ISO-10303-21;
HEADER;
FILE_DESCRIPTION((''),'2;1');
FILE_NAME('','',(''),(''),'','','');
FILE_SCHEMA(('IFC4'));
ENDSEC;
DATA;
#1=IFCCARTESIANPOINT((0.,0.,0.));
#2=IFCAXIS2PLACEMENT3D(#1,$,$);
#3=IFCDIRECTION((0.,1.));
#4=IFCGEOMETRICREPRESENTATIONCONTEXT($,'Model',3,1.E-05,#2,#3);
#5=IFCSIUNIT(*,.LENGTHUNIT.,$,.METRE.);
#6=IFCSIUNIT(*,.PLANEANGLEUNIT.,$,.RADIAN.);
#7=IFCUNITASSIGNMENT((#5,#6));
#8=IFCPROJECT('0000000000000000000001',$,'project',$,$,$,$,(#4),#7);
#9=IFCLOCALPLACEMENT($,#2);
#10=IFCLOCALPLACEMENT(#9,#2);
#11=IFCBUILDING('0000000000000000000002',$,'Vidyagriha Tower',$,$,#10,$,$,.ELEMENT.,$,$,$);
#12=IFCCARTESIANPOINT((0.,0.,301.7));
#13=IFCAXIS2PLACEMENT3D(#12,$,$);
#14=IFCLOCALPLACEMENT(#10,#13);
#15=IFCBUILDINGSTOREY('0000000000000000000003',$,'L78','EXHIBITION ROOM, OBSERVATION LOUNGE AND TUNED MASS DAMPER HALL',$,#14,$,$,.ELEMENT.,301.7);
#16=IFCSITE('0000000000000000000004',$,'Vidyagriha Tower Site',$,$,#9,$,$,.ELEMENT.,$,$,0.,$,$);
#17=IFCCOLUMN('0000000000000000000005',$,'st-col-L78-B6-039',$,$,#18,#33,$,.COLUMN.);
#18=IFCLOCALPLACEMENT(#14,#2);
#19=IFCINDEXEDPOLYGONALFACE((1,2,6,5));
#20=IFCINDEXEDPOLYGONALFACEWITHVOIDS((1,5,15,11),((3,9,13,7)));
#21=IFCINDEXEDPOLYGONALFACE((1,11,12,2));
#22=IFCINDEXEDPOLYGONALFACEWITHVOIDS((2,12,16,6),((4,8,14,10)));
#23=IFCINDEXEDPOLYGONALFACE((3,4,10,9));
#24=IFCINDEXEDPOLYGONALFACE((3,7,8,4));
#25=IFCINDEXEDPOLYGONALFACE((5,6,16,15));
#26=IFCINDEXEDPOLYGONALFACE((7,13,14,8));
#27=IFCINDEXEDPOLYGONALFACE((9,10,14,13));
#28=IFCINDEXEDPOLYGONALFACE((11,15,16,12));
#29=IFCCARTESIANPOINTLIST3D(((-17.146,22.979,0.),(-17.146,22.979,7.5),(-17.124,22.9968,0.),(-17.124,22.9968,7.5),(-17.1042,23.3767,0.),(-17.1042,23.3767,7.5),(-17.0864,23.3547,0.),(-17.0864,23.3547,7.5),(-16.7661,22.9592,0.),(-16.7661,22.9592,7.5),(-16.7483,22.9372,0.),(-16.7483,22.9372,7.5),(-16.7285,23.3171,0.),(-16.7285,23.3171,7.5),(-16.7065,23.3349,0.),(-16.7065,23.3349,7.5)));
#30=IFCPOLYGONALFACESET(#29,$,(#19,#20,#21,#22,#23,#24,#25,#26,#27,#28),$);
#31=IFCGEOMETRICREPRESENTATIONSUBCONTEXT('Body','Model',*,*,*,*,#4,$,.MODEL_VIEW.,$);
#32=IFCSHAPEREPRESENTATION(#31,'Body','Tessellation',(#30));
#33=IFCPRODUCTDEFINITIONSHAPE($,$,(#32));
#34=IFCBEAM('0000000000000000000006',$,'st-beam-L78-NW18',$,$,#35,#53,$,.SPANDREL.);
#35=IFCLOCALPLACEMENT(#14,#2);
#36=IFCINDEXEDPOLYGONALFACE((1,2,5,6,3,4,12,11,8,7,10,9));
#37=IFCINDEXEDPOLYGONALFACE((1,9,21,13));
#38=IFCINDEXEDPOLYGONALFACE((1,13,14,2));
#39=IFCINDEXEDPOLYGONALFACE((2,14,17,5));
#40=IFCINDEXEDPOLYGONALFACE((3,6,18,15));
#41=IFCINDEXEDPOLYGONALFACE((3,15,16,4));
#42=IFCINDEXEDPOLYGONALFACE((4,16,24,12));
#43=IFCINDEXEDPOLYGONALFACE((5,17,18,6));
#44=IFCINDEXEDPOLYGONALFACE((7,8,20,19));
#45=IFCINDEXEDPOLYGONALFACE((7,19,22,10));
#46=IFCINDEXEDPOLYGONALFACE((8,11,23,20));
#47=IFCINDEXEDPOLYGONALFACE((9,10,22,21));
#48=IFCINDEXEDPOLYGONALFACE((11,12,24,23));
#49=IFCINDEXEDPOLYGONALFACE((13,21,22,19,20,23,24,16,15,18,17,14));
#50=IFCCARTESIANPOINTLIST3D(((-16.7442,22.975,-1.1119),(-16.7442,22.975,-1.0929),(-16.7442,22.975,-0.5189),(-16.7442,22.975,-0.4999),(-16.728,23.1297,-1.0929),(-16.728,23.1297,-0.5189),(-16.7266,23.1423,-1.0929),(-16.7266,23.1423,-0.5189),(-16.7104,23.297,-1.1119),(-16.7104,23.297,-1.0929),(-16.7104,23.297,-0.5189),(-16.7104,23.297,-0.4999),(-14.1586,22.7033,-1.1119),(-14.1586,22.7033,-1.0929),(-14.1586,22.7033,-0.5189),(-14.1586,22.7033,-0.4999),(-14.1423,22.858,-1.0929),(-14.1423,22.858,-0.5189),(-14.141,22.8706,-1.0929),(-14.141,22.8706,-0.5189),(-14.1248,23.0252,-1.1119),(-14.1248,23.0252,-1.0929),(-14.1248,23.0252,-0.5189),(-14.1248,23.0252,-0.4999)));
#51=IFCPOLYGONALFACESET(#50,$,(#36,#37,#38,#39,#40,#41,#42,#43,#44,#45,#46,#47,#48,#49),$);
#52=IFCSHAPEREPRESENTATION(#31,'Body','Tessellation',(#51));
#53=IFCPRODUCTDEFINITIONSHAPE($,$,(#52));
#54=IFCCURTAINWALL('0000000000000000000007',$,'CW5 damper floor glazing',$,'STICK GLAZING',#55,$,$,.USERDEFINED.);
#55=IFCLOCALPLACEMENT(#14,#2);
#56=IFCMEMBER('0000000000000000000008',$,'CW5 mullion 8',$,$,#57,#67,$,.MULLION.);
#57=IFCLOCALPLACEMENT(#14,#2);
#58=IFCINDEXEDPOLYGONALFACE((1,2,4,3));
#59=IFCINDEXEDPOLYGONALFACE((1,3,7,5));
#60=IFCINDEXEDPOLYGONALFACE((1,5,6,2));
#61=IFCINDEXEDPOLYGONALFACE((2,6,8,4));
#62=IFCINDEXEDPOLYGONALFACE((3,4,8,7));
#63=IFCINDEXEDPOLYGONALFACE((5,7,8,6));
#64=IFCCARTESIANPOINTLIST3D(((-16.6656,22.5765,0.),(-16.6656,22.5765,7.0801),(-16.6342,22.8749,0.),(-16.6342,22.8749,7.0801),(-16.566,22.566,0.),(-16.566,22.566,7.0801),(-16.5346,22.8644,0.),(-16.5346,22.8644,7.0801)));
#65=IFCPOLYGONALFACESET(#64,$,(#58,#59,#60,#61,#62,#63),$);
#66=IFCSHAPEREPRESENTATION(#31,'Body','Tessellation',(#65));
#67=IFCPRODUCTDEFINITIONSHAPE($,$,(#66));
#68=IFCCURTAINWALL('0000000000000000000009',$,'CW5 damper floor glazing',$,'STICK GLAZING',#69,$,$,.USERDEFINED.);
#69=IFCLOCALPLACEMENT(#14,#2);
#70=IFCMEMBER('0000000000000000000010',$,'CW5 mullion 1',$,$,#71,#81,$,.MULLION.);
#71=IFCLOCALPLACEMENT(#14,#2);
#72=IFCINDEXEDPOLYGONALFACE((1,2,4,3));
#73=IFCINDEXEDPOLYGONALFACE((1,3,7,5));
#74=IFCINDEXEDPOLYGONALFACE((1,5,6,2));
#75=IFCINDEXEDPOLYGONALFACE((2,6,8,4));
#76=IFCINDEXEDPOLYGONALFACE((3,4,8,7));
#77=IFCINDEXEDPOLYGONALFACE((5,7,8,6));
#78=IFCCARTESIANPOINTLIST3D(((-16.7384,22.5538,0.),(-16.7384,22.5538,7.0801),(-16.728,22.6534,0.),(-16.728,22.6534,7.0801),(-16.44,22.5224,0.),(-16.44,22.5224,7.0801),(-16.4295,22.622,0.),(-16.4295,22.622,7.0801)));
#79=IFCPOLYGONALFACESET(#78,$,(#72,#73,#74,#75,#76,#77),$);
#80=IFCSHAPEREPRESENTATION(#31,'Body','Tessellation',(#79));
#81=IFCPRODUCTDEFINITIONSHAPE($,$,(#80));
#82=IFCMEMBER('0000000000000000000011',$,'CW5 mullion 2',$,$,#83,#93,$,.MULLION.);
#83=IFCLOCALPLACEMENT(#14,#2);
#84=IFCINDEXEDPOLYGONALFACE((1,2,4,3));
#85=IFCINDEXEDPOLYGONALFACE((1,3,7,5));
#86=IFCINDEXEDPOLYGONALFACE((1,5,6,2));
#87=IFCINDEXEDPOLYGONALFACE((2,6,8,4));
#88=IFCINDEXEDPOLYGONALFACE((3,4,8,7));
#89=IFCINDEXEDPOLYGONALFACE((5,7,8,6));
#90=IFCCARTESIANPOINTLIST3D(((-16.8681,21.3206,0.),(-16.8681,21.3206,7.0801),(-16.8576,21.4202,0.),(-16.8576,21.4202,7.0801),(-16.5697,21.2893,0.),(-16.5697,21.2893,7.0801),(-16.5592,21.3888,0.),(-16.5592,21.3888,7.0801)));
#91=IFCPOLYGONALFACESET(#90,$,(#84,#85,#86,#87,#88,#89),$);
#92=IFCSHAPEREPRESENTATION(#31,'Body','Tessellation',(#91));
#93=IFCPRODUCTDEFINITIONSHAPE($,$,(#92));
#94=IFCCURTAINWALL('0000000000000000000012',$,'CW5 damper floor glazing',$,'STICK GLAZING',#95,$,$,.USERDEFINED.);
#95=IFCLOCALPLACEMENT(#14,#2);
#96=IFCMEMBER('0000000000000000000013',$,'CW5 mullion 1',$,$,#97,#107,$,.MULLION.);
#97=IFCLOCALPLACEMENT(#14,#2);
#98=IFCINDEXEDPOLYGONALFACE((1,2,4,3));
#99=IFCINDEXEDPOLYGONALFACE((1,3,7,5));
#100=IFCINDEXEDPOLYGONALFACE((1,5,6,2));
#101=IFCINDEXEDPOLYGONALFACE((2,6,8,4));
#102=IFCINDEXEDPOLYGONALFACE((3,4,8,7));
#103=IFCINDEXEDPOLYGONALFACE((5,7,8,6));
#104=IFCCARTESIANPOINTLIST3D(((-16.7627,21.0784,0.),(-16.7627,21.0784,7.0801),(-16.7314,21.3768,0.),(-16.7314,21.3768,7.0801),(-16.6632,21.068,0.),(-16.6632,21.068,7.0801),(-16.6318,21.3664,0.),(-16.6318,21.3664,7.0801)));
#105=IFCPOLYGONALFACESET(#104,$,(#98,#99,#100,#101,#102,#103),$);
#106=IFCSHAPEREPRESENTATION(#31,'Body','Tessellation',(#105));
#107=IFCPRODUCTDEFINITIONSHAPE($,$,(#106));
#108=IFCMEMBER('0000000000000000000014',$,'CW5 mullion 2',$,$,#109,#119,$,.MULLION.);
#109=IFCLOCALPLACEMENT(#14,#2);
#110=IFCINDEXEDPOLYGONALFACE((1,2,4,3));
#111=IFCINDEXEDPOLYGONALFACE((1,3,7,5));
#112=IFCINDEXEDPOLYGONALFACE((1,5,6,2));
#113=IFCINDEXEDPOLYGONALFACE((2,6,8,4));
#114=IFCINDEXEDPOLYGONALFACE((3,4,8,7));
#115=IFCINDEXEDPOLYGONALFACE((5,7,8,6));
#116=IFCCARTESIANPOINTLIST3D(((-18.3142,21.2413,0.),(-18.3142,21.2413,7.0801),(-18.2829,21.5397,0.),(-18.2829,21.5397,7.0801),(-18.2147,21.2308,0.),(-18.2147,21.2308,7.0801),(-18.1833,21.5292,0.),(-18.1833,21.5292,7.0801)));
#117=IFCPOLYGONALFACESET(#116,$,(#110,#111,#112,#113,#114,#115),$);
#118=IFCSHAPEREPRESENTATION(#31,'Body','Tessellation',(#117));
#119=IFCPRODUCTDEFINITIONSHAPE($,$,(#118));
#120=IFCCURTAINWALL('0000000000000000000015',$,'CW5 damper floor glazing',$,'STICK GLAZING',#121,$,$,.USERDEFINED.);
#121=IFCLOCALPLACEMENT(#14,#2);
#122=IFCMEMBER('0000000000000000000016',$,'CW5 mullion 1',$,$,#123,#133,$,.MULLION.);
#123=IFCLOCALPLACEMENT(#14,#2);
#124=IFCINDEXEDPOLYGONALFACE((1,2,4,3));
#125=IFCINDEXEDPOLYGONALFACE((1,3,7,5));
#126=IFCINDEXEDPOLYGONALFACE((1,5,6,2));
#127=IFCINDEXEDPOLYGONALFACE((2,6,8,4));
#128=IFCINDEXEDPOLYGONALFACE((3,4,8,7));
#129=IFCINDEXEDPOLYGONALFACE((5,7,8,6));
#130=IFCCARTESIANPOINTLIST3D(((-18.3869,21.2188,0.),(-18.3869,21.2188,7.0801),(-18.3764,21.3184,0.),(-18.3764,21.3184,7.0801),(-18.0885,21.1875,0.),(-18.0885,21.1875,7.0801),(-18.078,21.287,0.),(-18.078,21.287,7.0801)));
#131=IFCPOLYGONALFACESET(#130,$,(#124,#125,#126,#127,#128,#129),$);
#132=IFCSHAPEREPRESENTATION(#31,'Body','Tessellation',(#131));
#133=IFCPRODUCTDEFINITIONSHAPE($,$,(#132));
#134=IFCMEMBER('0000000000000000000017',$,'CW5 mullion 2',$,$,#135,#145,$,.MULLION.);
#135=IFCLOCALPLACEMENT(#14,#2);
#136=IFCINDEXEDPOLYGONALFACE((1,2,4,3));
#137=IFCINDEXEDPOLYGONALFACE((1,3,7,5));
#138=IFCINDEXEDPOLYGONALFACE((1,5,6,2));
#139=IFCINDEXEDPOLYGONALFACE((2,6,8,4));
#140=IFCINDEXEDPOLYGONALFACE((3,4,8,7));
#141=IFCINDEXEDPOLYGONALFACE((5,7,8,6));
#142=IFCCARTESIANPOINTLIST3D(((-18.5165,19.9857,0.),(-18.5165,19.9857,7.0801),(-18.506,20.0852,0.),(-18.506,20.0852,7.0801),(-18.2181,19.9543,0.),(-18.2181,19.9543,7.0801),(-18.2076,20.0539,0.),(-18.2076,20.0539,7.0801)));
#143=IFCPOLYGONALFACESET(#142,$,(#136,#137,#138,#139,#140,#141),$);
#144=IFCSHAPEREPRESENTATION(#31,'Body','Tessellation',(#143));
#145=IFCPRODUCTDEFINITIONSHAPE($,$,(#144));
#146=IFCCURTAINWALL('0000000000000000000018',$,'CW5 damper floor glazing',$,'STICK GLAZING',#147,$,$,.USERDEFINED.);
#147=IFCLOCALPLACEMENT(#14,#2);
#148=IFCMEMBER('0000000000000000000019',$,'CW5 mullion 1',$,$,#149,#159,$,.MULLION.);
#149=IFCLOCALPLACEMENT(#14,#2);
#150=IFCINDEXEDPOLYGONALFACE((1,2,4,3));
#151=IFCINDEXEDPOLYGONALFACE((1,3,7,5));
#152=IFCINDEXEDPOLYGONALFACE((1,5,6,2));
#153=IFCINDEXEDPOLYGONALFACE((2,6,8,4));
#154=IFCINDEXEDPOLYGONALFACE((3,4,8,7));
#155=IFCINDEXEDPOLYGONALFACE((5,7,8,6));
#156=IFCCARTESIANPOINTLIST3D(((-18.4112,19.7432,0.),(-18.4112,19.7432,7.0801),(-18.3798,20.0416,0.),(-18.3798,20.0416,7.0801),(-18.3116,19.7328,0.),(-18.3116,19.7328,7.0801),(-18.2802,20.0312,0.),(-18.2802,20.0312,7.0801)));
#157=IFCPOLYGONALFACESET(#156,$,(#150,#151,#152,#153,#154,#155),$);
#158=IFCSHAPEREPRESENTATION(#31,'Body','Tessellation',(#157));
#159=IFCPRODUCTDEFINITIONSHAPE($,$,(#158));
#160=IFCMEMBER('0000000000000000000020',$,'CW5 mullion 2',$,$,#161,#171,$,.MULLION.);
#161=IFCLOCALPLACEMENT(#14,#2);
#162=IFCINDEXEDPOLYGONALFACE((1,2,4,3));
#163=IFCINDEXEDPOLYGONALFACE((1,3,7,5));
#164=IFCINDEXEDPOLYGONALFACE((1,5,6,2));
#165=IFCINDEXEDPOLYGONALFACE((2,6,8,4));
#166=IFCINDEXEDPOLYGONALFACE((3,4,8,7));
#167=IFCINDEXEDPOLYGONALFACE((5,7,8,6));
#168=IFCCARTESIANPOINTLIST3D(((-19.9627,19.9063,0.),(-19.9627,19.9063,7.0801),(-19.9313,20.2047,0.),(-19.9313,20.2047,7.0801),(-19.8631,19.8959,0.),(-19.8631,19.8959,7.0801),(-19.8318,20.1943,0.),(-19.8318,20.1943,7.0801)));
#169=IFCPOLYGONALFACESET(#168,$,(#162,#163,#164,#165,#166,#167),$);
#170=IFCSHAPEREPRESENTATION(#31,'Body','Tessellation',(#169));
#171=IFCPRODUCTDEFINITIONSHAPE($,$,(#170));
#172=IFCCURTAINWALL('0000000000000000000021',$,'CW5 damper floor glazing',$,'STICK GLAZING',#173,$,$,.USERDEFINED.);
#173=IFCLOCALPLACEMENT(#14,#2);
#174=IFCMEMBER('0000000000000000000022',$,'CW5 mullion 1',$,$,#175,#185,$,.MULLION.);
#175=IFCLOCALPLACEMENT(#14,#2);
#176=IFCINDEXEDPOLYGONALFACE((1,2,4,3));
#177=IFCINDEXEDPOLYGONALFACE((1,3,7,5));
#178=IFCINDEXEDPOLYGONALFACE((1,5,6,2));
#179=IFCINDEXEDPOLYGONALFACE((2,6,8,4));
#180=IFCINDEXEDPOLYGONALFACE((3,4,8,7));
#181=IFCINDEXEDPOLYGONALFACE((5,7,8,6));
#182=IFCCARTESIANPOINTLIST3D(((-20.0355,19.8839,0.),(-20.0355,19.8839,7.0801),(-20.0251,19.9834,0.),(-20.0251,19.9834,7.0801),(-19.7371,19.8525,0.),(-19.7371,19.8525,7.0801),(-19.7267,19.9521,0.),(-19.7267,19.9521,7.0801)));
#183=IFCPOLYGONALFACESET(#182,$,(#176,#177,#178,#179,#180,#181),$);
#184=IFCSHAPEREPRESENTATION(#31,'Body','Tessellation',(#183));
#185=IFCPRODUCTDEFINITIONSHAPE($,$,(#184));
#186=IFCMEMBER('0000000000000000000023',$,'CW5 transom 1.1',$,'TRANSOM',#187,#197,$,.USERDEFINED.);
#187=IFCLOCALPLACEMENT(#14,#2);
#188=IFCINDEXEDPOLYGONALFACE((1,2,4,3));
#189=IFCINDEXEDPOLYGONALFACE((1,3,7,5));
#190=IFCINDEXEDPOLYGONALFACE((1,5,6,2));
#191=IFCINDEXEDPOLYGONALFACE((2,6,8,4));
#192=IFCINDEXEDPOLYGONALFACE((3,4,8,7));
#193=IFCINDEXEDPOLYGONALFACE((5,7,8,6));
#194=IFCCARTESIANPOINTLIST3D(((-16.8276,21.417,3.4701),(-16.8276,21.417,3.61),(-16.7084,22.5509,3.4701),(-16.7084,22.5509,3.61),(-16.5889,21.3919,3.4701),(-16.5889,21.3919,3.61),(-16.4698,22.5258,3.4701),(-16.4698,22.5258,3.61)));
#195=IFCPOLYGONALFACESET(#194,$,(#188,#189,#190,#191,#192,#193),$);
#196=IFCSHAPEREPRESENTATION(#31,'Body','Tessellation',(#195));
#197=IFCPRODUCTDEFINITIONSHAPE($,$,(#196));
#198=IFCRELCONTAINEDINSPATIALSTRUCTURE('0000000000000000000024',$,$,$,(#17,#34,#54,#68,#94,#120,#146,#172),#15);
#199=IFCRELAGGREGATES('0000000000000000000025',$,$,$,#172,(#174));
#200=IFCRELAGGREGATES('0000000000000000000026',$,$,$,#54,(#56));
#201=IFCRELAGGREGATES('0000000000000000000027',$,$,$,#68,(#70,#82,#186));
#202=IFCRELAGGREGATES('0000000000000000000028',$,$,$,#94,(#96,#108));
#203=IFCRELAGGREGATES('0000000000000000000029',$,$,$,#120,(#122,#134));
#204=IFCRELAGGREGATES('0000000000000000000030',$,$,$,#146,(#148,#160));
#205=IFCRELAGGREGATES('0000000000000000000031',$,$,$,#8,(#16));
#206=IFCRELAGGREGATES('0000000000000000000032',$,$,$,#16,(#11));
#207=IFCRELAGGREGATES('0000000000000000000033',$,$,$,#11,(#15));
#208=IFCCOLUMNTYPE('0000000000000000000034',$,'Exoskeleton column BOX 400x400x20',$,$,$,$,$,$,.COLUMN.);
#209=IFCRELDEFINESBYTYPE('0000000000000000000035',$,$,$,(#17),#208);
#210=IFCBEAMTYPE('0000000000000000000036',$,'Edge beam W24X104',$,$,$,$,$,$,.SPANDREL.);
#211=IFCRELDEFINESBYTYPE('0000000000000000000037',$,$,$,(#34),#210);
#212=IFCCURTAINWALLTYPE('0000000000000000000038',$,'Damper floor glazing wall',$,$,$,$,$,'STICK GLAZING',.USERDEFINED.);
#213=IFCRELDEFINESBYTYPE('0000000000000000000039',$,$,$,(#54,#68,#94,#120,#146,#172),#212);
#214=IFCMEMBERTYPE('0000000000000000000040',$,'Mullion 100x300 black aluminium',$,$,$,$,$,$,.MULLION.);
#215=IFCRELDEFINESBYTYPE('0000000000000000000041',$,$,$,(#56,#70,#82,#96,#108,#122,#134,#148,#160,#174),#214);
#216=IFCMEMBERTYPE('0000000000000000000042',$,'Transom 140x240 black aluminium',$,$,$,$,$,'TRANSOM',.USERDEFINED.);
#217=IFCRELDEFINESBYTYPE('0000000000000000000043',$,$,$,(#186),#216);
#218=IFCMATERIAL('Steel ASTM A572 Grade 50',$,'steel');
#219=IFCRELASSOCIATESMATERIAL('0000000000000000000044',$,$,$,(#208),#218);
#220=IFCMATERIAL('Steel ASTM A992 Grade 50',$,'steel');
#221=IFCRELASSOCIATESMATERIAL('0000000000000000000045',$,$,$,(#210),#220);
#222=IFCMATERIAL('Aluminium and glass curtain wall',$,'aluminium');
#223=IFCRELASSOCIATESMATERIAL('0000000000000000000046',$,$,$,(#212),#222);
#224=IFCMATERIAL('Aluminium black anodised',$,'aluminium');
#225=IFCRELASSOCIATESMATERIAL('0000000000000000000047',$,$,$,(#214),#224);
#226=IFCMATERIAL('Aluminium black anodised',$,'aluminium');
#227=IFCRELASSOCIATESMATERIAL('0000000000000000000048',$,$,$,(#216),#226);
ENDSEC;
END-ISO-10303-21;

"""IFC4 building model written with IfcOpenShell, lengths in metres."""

from ifc_helpers import new_model, si_unit, direction, frame, origin, origin_2d, place, context, subcontext, project, spatial, rectangle, hollow_rectangle, i_section, extrude, material, material_profile, profile_set, type_object, element, aggregate, save


model = new_model("IFC4")

# Units and contexts
model_context = context("Model", 3, precision=1e-05, world=origin(), true_north=direction((0.0, 1.0)))
body_context = subcontext(model_context, "Body", "Model", "MODEL_VIEW")
ifc_project = project(units=[si_unit("LENGTHUNIT", "METRE"), si_unit("PLANEANGLEUNIT", "RADIAN")], contexts=[model_context])

# Site, building, storey
site_placement = place(None, origin())
site = spatial("IfcSite", under=ifc_project, at=site_placement, Name="Vidyagriha Tower Site", CompositionType="ELEMENT", RefElevation=0.0)
building_placement = place(site_placement, origin())
building = spatial("IfcBuilding", under=site, at=building_placement, Name="Vidyagriha Tower", CompositionType="ELEMENT")
storey_placement = place(building_placement, frame((0.0, 0.0, 301.7)))
storey = spatial("IfcBuildingStorey", under=building, at=storey_placement, Name="L78", Description="EXHIBITION ROOM, OBSERVATION LOUNGE AND TUNED MASS DAMPER HALL", CompositionType="ELEMENT", Elevation=301.7)

# Column
ifc_material_1 = material(Name="Steel ASTM A572 Grade 50", Category="steel")
ifc_material_profile_1 = material_profile(ifc_material_1, hollow_rectangle(XDim=0.3999, YDim=0.3999, WallThickness=0.02, at=origin_2d()), Name="BOX 400x400x20")
ifc_profile_set_1 = profile_set([ifc_material_profile_1], Name="Steel ASTM A572 Grade 50")
column_type = type_object("IfcColumnType", Name="Exoskeleton column BOX 400x400x20", PredefinedType="COLUMN", material=ifc_profile_set_1)
column_placement = place(storey_placement, frame((-16.9263, 23.157, 0.0), z_axis=(0.0, 0.0, 1.0), x_axis=(0.994522, -0.104528, 0.0)))
element("IfcColumn", 1, at=column_placement, inside=storey, type_object=column_type, Name="st-col-L78-B6-039", PredefinedType="COLUMN", context=body_context, shape_type="SweptSolid", body=[
    extrude(hollow_rectangle(XDim=0.3999, YDim=0.3999, WallThickness=0.02, at=origin_2d()), origin(), (0.0, 0.0, 1.0), 7.5),
])

# Beam
ifc_material_2 = material(Name="Steel ASTM A992 Grade 50", Category="steel")
ifc_material_profile_2 = material_profile(ifc_material_2, i_section(OverallWidth=0.3237, OverallDepth=0.6121, WebThickness=0.0127, FlangeThickness=0.019, at=origin_2d()), Name="W24X104")
ifc_profile_set_2 = profile_set([ifc_material_profile_2], Name="Steel ASTM A992 Grade 50")
beam_type = type_object("IfcBeamType", Name="Edge beam W24X104", PredefinedType="SPANDREL", material=ifc_profile_set_2)
beam_placement = place(storey_placement, frame((-16.7273, 23.136, -0.8059), z_axis=(0.994523, -0.104514, 0.0), x_axis=(0.104514, 0.994523, 0.0)))
element("IfcBeam", 2, at=beam_placement, inside=storey, type_object=beam_type, Name="st-beam-L78-NW18", PredefinedType="SPANDREL", context=body_context, shape_type="SweptSolid", body=[
    extrude(i_section(OverallWidth=0.3237, OverallDepth=0.6121, WebThickness=0.0127, FlangeThickness=0.019, at=origin_2d()), origin(), (0.0, 0.0, 1.0), 2.5999),
])

# Curtain wall, member
ifc_material_3 = material(Name="Aluminium and glass curtain wall", Category="aluminium")
curtain_wall_type = type_object("IfcCurtainWallType", Name="Damper floor glazing wall", ElementType="STICK GLAZING", PredefinedType="USERDEFINED", material=ifc_material_3)
curtain_wall_1_placement = place(storey_placement, origin())
curtain_wall_1 = element("IfcCurtainWall", 3, at=curtain_wall_1_placement, inside=storey, type_object=curtain_wall_type, Name="CW5 damper floor glazing", ObjectType="STICK GLAZING", PredefinedType="USERDEFINED")
ifc_material_4 = material(Name="Aluminium black anodised", Category="aluminium")
ifc_material_profile_3 = material_profile(ifc_material_4, rectangle(XDim=0.3, YDim=0.1001, at=origin_2d()), Name="Mullion 100x300 black aluminium")
ifc_profile_set_3 = profile_set([ifc_material_profile_3], Name="Aluminium black anodised")
member_type_1 = type_object("IfcMemberType", Name="Mullion 100x300 black aluminium", PredefinedType="MULLION", material=ifc_profile_set_3)
member_1_placement = place(storey_placement, frame((-16.6001, 22.7205, 0.0), z_axis=(0.0, 0.0, 1.0), x_axis=(-0.104528, -0.994522, 0.0)))
member_1 = element("IfcMember", 4, at=member_1_placement, type_object=member_type_1, Name="CW5 mullion 8", PredefinedType="MULLION", context=body_context, shape_type="SweptSolid", body=[
    extrude(rectangle(XDim=0.3, YDim=0.1001, at=origin_2d()), origin(), (0.0, 0.0, 1.0), 7.0801),
])

# Curtain walls, members
curtain_wall_2_placement = place(storey_placement, origin())
curtain_wall_2 = element("IfcCurtainWall", 5, at=curtain_wall_2_placement, inside=storey, type_object=curtain_wall_type, Name="CW5 damper floor glazing", ObjectType="STICK GLAZING", PredefinedType="USERDEFINED")
member_2_placement = place(storey_placement, frame((-16.584, 22.5879, 0.0), z_axis=(0.0, 0.0, 1.0), x_axis=(0.99452, -0.104549, 0.0)))
member_2 = element("IfcMember", 6, at=member_2_placement, type_object=member_type_1, Name="CW5 mullion 1", PredefinedType="MULLION", context=body_context, shape_type="SweptSolid", body=[
    extrude(rectangle(XDim=0.3, YDim=0.1001, at=origin_2d()), origin(), (0.0, 0.0, 1.0), 7.0801),
])
member_3_placement = place(storey_placement, frame((-16.7136, 21.3547, 0.0), z_axis=(0.0, 0.0, 1.0), x_axis=(0.99452, -0.104549, 0.0)))
member_3 = element("IfcMember", 7, at=member_3_placement, type_object=member_type_1, Name="CW5 mullion 2", PredefinedType="MULLION", context=body_context, shape_type="SweptSolid", body=[
    extrude(rectangle(XDim=0.3, YDim=0.1001, at=origin_2d()), origin(), (0.0, 0.0, 1.0), 7.0801),
])
curtain_wall_3_placement = place(storey_placement, origin())
curtain_wall_3 = element("IfcCurtainWall", 8, at=curtain_wall_3_placement, inside=storey, type_object=curtain_wall_type, Name="CW5 damper floor glazing", ObjectType="STICK GLAZING", PredefinedType="USERDEFINED")
member_4_placement = place(storey_placement, frame((-16.6973, 21.2224, 0.0), z_axis=(0.0, 0.0, 1.0), x_axis=(-0.104519, -0.994523, 0.0)))
member_4 = element("IfcMember", 9, at=member_4_placement, type_object=member_type_1, Name="CW5 mullion 1", PredefinedType="MULLION", context=body_context, shape_type="SweptSolid", body=[
    extrude(rectangle(XDim=0.3, YDim=0.1001, at=origin_2d()), origin(), (0.0, 0.0, 1.0), 7.0801),
])
member_5_placement = place(storey_placement, frame((-18.2488, 21.3853, 0.0), z_axis=(0.0, 0.0, 1.0), x_axis=(-0.104519, -0.994523, 0.0)))
member_5 = element("IfcMember", 10, at=member_5_placement, type_object=member_type_1, Name="CW5 mullion 2", PredefinedType="MULLION", context=body_context, shape_type="SweptSolid", body=[
    extrude(rectangle(XDim=0.3, YDim=0.1001, at=origin_2d()), origin(), (0.0, 0.0, 1.0), 7.0801),
])
curtain_wall_4_placement = place(storey_placement, origin())
curtain_wall_4 = element("IfcCurtainWall", 11, at=curtain_wall_4_placement, inside=storey, type_object=curtain_wall_type, Name="CW5 damper floor glazing", ObjectType="STICK GLAZING", PredefinedType="USERDEFINED")
member_6_placement = place(storey_placement, frame((-18.2324, 21.2529, 0.0), z_axis=(0.0, 0.0, 1.0), x_axis=(0.99452, -0.104549, 0.0)))
member_6 = element("IfcMember", 12, at=member_6_placement, type_object=member_type_1, Name="CW5 mullion 1", PredefinedType="MULLION", context=body_context, shape_type="SweptSolid", body=[
    extrude(rectangle(XDim=0.3, YDim=0.1001, at=origin_2d()), origin(), (0.0, 0.0, 1.0), 7.0801),
])
member_7_placement = place(storey_placement, frame((-18.3621, 20.0198, 0.0), z_axis=(0.0, 0.0, 1.0), x_axis=(0.99452, -0.104549, 0.0)))
member_7 = element("IfcMember", 13, at=member_7_placement, type_object=member_type_1, Name="CW5 mullion 2", PredefinedType="MULLION", context=body_context, shape_type="SweptSolid", body=[
    extrude(rectangle(XDim=0.3, YDim=0.1001, at=origin_2d()), origin(), (0.0, 0.0, 1.0), 7.0801),
])
curtain_wall_5_placement = place(storey_placement, origin())
curtain_wall_5 = element("IfcCurtainWall", 14, at=curtain_wall_5_placement, inside=storey, type_object=curtain_wall_type, Name="CW5 damper floor glazing", ObjectType="STICK GLAZING", PredefinedType="USERDEFINED")
member_8_placement = place(storey_placement, frame((-18.3457, 19.8872, 0.0), z_axis=(0.0, 0.0, 1.0), x_axis=(-0.104512, -0.994524, 0.0)))
member_8 = element("IfcMember", 15, at=member_8_placement, type_object=member_type_1, Name="CW5 mullion 1", PredefinedType="MULLION", context=body_context, shape_type="SweptSolid", body=[
    extrude(rectangle(XDim=0.3, YDim=0.1001, at=origin_2d()), origin(), (0.0, 0.0, 1.0), 7.0801),
])
member_9_placement = place(storey_placement, frame((-19.8972, 20.0503, 0.0), z_axis=(0.0, 0.0, 1.0), x_axis=(-0.104512, -0.994524, 0.0)))
member_9 = element("IfcMember", 16, at=member_9_placement, type_object=member_type_1, Name="CW5 mullion 2", PredefinedType="MULLION", context=body_context, shape_type="SweptSolid", body=[
    extrude(rectangle(XDim=0.3, YDim=0.1001, at=origin_2d()), origin(), (0.0, 0.0, 1.0), 7.0801),
])

# Curtain wall, member
curtain_wall_6_placement = place(storey_placement, origin())
curtain_wall_6 = element("IfcCurtainWall", 17, at=curtain_wall_6_placement, inside=storey, type_object=curtain_wall_type, Name="CW5 damper floor glazing", ObjectType="STICK GLAZING", PredefinedType="USERDEFINED")
member_10_placement = place(storey_placement, frame((-19.8811, 19.918, 0.0), z_axis=(0.0, 0.0, 1.0), x_axis=(0.994518, -0.104564, 0.0)))
member_10 = element("IfcMember", 18, at=member_10_placement, type_object=member_type_1, Name="CW5 mullion 1", PredefinedType="MULLION", context=body_context, shape_type="SweptSolid", body=[
    extrude(rectangle(XDim=0.3, YDim=0.1001, at=origin_2d()), origin(), (0.0, 0.0, 1.0), 7.0801),
])
aggregate(curtain_wall_6, [member_10])

# Member
ifc_material_5 = material(Name="Aluminium black anodised", Category="aluminium")
ifc_material_profile_4 = material_profile(ifc_material_5, rectangle(XDim=0.24, YDim=0.1399, at=origin_2d()), Name="Transom 140x240 black aluminium")
ifc_profile_set_4 = profile_set([ifc_material_profile_4], Name="Aluminium black anodised")
member_type_2 = type_object("IfcMemberType", Name="Transom 140x240 black aluminium", ElementType="TRANSOM", PredefinedType="USERDEFINED", material=ifc_profile_set_4)
member_11_placement = place(storey_placement, frame((-16.5891, 22.5383, 3.54), z_axis=(-0.104506, -0.994524, 0.0), x_axis=(0.994524, -0.104506, 0.0)))
member_11 = element("IfcMember", 19, at=member_11_placement, type_object=member_type_2, Name="CW5 transom 1.1", ObjectType="TRANSOM", PredefinedType="USERDEFINED", context=body_context, shape_type="SweptSolid", body=[
    extrude(rectangle(XDim=0.24, YDim=0.1399, at=origin_2d()), origin(), (0.0, 0.0, 1.0), 1.1401),
])

aggregate(curtain_wall_1, [member_1])
aggregate(curtain_wall_2, [member_2, member_3, member_11])
aggregate(curtain_wall_3, [member_4, member_5])
aggregate(curtain_wall_4, [member_6, member_7])
aggregate(curtain_wall_5, [member_8, member_9])

save(model, "model.ifc")
